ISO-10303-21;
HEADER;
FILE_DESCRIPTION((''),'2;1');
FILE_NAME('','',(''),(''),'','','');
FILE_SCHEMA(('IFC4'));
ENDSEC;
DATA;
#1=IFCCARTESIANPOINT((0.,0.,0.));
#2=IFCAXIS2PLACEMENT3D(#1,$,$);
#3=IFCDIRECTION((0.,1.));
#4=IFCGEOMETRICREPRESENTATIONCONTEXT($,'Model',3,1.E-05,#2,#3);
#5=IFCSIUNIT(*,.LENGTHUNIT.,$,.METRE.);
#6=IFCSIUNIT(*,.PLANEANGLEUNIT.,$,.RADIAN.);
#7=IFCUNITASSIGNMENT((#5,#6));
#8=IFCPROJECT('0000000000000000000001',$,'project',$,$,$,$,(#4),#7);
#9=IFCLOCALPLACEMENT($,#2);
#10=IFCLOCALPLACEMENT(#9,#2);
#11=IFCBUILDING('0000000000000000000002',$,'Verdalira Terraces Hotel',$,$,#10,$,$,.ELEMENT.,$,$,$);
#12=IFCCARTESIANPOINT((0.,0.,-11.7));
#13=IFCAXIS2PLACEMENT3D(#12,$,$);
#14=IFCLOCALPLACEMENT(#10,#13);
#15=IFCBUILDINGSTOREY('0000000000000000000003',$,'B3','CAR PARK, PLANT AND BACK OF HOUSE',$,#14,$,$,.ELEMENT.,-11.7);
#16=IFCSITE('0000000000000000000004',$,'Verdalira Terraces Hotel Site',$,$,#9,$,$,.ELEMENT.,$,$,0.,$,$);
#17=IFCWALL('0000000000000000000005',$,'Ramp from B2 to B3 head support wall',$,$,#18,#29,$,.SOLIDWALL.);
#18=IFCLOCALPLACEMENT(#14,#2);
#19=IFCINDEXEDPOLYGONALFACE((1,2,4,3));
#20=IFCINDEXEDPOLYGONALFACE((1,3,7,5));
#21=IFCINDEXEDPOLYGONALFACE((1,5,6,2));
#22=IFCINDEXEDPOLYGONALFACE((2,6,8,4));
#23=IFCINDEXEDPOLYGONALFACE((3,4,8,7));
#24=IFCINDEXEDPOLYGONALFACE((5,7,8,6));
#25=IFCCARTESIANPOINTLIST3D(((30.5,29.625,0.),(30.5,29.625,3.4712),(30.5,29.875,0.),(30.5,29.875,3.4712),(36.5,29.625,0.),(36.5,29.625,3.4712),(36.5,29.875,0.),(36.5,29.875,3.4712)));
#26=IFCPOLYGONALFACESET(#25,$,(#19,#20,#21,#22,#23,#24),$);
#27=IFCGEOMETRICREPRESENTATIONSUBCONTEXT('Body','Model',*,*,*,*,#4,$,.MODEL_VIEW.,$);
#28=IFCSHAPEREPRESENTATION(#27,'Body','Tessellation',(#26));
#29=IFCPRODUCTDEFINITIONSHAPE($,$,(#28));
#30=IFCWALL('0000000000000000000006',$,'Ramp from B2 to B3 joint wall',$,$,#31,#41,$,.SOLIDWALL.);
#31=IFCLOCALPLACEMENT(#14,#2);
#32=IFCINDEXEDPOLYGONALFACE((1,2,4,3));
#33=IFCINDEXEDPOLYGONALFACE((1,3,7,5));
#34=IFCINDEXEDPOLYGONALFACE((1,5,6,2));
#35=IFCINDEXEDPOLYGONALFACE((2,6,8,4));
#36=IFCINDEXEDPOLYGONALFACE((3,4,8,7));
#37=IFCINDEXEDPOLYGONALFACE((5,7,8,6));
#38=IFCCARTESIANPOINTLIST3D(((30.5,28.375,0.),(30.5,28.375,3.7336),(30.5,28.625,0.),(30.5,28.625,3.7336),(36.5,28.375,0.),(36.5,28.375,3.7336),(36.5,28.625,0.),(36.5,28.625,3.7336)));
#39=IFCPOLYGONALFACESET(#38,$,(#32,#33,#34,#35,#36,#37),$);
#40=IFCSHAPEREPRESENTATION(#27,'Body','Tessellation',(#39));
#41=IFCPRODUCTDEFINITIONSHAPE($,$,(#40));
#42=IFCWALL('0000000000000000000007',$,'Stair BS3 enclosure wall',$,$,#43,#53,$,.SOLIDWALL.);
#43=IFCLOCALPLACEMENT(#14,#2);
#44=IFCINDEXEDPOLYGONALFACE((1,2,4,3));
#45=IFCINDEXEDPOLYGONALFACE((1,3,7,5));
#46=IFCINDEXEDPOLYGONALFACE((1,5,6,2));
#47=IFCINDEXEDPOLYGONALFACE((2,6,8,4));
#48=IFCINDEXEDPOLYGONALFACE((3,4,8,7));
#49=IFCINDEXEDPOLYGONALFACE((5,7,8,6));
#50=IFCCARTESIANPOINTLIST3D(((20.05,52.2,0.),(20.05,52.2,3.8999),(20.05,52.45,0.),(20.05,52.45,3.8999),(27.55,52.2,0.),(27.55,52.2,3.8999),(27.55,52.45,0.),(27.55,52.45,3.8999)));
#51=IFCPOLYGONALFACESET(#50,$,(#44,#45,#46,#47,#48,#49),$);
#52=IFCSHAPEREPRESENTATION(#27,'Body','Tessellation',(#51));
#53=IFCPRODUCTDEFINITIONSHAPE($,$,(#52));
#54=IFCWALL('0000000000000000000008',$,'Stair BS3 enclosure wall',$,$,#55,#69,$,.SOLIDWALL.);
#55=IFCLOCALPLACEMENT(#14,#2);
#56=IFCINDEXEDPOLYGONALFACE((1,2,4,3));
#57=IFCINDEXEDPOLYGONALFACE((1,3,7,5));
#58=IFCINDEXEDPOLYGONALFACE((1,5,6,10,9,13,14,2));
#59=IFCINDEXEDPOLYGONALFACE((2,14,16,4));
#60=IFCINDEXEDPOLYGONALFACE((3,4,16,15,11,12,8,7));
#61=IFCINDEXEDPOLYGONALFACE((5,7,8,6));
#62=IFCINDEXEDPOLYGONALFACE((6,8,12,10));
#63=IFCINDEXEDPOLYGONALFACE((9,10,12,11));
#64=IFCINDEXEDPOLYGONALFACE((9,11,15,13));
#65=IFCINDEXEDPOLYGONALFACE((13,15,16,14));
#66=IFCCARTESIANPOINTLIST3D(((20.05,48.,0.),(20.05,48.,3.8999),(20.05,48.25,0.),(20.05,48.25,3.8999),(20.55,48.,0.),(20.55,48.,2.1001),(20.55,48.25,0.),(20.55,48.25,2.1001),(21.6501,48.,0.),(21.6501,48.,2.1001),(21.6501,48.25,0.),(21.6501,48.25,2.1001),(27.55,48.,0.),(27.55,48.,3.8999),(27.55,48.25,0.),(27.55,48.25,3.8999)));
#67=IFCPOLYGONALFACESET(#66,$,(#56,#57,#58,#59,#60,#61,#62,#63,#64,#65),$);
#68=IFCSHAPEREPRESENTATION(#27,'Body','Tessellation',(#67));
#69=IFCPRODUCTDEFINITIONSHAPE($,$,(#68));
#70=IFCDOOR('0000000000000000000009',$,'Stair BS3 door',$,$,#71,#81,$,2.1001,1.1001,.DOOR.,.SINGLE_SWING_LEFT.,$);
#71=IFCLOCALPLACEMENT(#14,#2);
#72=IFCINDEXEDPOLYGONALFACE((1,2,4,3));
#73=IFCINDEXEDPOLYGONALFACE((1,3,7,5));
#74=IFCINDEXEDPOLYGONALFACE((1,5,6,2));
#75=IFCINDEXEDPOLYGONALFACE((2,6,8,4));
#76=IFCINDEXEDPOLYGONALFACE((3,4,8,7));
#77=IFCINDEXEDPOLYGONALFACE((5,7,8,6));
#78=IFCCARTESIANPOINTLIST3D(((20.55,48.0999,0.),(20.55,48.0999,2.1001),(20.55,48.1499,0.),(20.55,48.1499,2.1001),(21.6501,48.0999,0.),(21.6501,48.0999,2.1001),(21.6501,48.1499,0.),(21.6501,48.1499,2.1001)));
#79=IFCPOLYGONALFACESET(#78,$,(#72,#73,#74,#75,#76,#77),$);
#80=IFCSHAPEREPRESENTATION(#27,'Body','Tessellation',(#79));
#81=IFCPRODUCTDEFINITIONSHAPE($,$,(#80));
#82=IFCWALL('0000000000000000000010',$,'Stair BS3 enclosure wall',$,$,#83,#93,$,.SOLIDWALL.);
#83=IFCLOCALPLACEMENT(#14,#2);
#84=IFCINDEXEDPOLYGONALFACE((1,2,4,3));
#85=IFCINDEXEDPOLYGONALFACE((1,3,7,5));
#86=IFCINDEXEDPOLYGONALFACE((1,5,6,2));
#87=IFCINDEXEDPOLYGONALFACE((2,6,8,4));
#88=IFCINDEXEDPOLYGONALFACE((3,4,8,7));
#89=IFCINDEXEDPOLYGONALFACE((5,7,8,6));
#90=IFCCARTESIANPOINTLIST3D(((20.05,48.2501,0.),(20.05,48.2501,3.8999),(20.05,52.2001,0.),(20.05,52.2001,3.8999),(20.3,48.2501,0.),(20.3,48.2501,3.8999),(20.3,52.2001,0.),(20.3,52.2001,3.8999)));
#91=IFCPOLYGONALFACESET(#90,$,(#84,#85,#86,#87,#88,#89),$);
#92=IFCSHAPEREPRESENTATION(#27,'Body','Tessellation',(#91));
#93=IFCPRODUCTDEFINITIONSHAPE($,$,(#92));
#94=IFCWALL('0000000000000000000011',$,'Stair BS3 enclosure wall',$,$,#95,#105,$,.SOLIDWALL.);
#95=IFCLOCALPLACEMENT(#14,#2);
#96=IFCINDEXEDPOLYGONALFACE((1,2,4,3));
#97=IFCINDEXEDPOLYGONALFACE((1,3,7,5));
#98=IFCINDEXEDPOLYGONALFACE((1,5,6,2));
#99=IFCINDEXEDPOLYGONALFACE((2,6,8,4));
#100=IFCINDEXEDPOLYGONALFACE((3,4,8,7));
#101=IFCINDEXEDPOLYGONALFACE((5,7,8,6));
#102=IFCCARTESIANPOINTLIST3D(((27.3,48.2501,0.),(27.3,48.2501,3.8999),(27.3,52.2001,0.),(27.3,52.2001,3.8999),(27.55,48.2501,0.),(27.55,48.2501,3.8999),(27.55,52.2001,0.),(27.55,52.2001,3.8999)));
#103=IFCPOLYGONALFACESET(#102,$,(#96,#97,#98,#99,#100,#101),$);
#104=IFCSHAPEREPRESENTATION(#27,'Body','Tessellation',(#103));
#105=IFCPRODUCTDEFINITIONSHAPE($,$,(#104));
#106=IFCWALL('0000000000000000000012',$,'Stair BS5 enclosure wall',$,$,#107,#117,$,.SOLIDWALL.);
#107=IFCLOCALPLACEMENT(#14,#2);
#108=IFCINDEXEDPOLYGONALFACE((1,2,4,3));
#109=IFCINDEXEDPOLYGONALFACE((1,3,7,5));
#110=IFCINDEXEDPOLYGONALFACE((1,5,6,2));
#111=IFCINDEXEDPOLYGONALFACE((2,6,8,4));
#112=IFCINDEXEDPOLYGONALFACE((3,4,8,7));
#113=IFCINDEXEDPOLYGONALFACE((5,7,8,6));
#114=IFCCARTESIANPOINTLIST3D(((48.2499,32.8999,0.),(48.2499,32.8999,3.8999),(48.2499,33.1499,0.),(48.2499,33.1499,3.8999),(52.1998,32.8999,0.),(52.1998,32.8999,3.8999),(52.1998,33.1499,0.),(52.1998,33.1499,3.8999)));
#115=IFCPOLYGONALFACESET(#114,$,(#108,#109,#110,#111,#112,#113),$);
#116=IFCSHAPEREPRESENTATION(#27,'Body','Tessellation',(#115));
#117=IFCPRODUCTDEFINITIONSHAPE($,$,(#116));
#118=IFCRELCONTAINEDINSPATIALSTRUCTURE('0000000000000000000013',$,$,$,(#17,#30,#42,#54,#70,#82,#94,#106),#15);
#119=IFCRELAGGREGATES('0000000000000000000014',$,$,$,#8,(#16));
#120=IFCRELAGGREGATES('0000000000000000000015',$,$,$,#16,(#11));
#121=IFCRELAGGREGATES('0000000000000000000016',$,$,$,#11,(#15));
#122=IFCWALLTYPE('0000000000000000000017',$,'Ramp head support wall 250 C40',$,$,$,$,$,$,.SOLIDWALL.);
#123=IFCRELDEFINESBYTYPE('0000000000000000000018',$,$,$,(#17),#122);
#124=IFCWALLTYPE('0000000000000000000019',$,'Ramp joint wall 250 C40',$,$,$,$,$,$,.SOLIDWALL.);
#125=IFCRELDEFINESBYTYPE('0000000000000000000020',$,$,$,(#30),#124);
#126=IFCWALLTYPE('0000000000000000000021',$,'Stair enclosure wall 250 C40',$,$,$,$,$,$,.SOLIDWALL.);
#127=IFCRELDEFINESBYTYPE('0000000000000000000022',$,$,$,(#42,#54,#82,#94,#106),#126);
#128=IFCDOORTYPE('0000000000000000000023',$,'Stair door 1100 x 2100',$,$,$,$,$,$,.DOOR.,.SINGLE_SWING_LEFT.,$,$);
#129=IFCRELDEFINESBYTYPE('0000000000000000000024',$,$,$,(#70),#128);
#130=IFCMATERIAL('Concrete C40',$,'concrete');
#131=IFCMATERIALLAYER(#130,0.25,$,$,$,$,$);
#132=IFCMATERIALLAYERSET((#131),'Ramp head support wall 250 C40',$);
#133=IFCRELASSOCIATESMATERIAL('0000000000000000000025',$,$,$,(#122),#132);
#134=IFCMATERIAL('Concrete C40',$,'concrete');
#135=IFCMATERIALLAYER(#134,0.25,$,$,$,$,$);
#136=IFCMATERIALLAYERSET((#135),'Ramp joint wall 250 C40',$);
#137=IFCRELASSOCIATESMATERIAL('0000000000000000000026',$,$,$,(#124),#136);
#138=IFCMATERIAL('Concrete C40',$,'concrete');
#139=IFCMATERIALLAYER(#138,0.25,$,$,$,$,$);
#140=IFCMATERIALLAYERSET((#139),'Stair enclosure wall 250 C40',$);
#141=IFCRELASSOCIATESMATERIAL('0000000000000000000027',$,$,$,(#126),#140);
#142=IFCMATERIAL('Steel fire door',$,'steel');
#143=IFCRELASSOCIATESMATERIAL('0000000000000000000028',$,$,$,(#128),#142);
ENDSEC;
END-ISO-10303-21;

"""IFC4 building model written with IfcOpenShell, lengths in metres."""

from ifc_helpers import new_model, si_unit, direction, frame, frame_2d, origin, place, context, subcontext, project, spatial, rectangle, extrude, material, layer, layer_set, type_object, element, fill, save


model = new_model("IFC4")

# Units and contexts
model_context = context("Model", 3, precision=1e-05, world=origin(), true_north=direction((0.0, 1.0)))
body_context = subcontext(model_context, "Body", "Model", "MODEL_VIEW")
ifc_project = project(units=[si_unit("LENGTHUNIT", "METRE"), si_unit("PLANEANGLEUNIT", "RADIAN")], contexts=[model_context])

# Site, building, storey
site_placement = place(None, origin())
site = spatial("IfcSite", under=ifc_project, at=site_placement, Name="Verdalira Terraces Hotel Site", CompositionType="ELEMENT", RefElevation=0.0)
building_placement = place(site_placement, origin())
building = spatial("IfcBuilding", under=site, at=building_placement, Name="Verdalira Terraces Hotel", CompositionType="ELEMENT")
storey_placement = place(building_placement, frame((0.0, 0.0, -11.7)))
storey = spatial("IfcBuildingStorey", under=building, at=storey_placement, Name="B3", Description="CAR PARK, PLANT AND BACK OF HOUSE", CompositionType="ELEMENT", Elevation=-11.7)

# Walls
ifc_material_1 = material(Name="Concrete C40", Category="concrete")
ifc_layer_1 = layer(ifc_material_1, 0.25)
ifc_layer_set_1 = layer_set([ifc_layer_1], Name="Ramp head support wall 250 C40")
wall_type_1 = type_object("IfcWallType", Name="Ramp head support wall 250 C40", PredefinedType="SOLIDWALL", material=ifc_layer_set_1)
wall_1_placement = place(storey_placement, frame((36.5, 29.75, 0.0), z_axis=(0.0, 0.0, 1.0), x_axis=(-1.0, 0.0, 0.0)))
element("IfcWall", 1, at=wall_1_placement, inside=storey, type_object=wall_type_1, Name="Ramp from B2 to B3 head support wall", PredefinedType="SOLIDWALL", context=body_context, shape_type="SweptSolid", body=[
    extrude(rectangle(XDim=6.0, YDim=0.25, at=frame_2d((3.0, 0.0))), origin(), (0.0, 0.0, 1.0), 3.4712),
])
ifc_material_2 = material(Name="Concrete C40", Category="concrete")
ifc_layer_2 = layer(ifc_material_2, 0.25)
ifc_layer_set_2 = layer_set([ifc_layer_2], Name="Ramp joint wall 250 C40")
wall_type_2 = type_object("IfcWallType", Name="Ramp joint wall 250 C40", PredefinedType="SOLIDWALL", material=ifc_layer_set_2)
wall_2_placement = place(storey_placement, frame((36.5, 28.5, 0.0), z_axis=(0.0, 0.0, 1.0), x_axis=(-1.0, 0.0, 0.0)))
element("IfcWall", 2, at=wall_2_placement, inside=storey, type_object=wall_type_2, Name="Ramp from B2 to B3 joint wall", PredefinedType="SOLIDWALL", context=body_context, shape_type="SweptSolid", body=[
    extrude(rectangle(XDim=6.0, YDim=0.25, at=frame_2d((3.0, 0.0))), origin(), (0.0, 0.0, 1.0), 3.7336),
])
ifc_material_3 = material(Name="Concrete C40", Category="concrete")
ifc_layer_3 = layer(ifc_material_3, 0.25)
ifc_layer_set_3 = layer_set([ifc_layer_3], Name="Stair enclosure wall 250 C40")
wall_type_3 = type_object("IfcWallType", Name="Stair enclosure wall 250 C40", PredefinedType="SOLIDWALL", material=ifc_layer_set_3)
wall_3_placement = place(storey_placement, frame((20.05, 52.325, 0.0), z_axis=(0.0, 0.0, 1.0), x_axis=(1.0, 0.0, 0.0)))
element("IfcWall", 3, at=wall_3_placement, inside=storey, type_object=wall_type_3, Name="Stair BS3 enclosure wall", PredefinedType="SOLIDWALL", context=body_context, shape_type="SweptSolid", body=[
    extrude(rectangle(XDim=7.5, YDim=0.25, at=frame_2d((3.75, 0.0))), origin(), (0.0, 0.0, 1.0), 3.8999),
])

# Wall, opening, door
wall_4_placement = place(storey_placement, frame((20.05, 48.125, 0.0), z_axis=(0.0, 0.0, 1.0), x_axis=(1.0, 0.0, 0.0)))
wall_4 = element("IfcWall", 4, at=wall_4_placement, inside=storey, type_object=wall_type_3, Name="Stair BS3 enclosure wall", PredefinedType="SOLIDWALL", context=body_context, shape_type="SweptSolid", body=[
    extrude(rectangle(XDim=7.5, YDim=0.25, at=frame_2d((3.75, 0.0))), origin(), (0.0, 0.0, 1.0), 3.8999),
])
opening_placement = place(wall_4_placement, frame((0.5, 0.0, 0.0)))
opening = element("IfcOpeningElement", 5, at=opening_placement, cuts=wall_4, PredefinedType="OPENING", context=body_context, shape_type="SweptSolid", body=[
    extrude(rectangle(XDim=1.1001, YDim=2.1001, at=frame_2d((0.55, 1.05))), frame((0.0, 0.135, 0.0), z_axis=(0.0, -1.0, 0.0), x_axis=(1.0, 0.0, 0.0)), (0.0, 0.0, 1.0), 0.27),
])
ifc_material_4 = material(Name="Steel fire door", Category="steel")
door_type = type_object("IfcDoorType", Name="Stair door 1100 x 2100", OperationType="SINGLE_SWING_LEFT", PredefinedType="DOOR", material=ifc_material_4)
door_placement = place(opening_placement, origin())
door = element("IfcDoor", 6, at=door_placement, inside=storey, type_object=door_type, Name="Stair BS3 door", OperationType="SINGLE_SWING_LEFT", OverallHeight=2.1001, OverallWidth=1.1001, PredefinedType="DOOR", context=body_context, shape_type="SweptSolid", body=[
    extrude(rectangle(XDim=1.1001, YDim=2.1001, at=frame_2d((0.55, 1.05))), frame((0.0, 0.0249, 0.0), z_axis=(0.0, -1.0, 0.0), x_axis=(1.0, 0.0, 0.0)), (0.0, 0.0, 1.0), 0.05),
])
fill(opening, door)

# Walls
for number, where, z_axis, x_axis, name in (
    (7, (20.175, 48.25, 0.0), (0.0, 0.0, 1.0), (0.0, 1.0, 0.0), "Stair BS3 enclosure wall"),
    (8, (27.425, 48.25, 0.0), (0.0, 0.0, 1.0), (0.0, 1.0, 0.0), "Stair BS3 enclosure wall"),
    (9, (52.2, 33.0249, 0.0), (0.0, 0.0, 1.0), (-1.0, 0.0, 0.0), "Stair BS5 enclosure wall"),
):
    element("IfcWall", number, at=place(storey_placement, frame(where, z_axis=z_axis, x_axis=x_axis)), inside=storey, type_object=wall_type_3, Name=name, PredefinedType="SOLIDWALL", context=body_context, shape_type="SweptSolid", body=[
        extrude(rectangle(XDim=3.95, YDim=0.25, at=frame_2d((1.9751, 0.0))), origin(), (0.0, 0.0, 1.0), 3.8999),
    ])

save(model, "model.ifc")
